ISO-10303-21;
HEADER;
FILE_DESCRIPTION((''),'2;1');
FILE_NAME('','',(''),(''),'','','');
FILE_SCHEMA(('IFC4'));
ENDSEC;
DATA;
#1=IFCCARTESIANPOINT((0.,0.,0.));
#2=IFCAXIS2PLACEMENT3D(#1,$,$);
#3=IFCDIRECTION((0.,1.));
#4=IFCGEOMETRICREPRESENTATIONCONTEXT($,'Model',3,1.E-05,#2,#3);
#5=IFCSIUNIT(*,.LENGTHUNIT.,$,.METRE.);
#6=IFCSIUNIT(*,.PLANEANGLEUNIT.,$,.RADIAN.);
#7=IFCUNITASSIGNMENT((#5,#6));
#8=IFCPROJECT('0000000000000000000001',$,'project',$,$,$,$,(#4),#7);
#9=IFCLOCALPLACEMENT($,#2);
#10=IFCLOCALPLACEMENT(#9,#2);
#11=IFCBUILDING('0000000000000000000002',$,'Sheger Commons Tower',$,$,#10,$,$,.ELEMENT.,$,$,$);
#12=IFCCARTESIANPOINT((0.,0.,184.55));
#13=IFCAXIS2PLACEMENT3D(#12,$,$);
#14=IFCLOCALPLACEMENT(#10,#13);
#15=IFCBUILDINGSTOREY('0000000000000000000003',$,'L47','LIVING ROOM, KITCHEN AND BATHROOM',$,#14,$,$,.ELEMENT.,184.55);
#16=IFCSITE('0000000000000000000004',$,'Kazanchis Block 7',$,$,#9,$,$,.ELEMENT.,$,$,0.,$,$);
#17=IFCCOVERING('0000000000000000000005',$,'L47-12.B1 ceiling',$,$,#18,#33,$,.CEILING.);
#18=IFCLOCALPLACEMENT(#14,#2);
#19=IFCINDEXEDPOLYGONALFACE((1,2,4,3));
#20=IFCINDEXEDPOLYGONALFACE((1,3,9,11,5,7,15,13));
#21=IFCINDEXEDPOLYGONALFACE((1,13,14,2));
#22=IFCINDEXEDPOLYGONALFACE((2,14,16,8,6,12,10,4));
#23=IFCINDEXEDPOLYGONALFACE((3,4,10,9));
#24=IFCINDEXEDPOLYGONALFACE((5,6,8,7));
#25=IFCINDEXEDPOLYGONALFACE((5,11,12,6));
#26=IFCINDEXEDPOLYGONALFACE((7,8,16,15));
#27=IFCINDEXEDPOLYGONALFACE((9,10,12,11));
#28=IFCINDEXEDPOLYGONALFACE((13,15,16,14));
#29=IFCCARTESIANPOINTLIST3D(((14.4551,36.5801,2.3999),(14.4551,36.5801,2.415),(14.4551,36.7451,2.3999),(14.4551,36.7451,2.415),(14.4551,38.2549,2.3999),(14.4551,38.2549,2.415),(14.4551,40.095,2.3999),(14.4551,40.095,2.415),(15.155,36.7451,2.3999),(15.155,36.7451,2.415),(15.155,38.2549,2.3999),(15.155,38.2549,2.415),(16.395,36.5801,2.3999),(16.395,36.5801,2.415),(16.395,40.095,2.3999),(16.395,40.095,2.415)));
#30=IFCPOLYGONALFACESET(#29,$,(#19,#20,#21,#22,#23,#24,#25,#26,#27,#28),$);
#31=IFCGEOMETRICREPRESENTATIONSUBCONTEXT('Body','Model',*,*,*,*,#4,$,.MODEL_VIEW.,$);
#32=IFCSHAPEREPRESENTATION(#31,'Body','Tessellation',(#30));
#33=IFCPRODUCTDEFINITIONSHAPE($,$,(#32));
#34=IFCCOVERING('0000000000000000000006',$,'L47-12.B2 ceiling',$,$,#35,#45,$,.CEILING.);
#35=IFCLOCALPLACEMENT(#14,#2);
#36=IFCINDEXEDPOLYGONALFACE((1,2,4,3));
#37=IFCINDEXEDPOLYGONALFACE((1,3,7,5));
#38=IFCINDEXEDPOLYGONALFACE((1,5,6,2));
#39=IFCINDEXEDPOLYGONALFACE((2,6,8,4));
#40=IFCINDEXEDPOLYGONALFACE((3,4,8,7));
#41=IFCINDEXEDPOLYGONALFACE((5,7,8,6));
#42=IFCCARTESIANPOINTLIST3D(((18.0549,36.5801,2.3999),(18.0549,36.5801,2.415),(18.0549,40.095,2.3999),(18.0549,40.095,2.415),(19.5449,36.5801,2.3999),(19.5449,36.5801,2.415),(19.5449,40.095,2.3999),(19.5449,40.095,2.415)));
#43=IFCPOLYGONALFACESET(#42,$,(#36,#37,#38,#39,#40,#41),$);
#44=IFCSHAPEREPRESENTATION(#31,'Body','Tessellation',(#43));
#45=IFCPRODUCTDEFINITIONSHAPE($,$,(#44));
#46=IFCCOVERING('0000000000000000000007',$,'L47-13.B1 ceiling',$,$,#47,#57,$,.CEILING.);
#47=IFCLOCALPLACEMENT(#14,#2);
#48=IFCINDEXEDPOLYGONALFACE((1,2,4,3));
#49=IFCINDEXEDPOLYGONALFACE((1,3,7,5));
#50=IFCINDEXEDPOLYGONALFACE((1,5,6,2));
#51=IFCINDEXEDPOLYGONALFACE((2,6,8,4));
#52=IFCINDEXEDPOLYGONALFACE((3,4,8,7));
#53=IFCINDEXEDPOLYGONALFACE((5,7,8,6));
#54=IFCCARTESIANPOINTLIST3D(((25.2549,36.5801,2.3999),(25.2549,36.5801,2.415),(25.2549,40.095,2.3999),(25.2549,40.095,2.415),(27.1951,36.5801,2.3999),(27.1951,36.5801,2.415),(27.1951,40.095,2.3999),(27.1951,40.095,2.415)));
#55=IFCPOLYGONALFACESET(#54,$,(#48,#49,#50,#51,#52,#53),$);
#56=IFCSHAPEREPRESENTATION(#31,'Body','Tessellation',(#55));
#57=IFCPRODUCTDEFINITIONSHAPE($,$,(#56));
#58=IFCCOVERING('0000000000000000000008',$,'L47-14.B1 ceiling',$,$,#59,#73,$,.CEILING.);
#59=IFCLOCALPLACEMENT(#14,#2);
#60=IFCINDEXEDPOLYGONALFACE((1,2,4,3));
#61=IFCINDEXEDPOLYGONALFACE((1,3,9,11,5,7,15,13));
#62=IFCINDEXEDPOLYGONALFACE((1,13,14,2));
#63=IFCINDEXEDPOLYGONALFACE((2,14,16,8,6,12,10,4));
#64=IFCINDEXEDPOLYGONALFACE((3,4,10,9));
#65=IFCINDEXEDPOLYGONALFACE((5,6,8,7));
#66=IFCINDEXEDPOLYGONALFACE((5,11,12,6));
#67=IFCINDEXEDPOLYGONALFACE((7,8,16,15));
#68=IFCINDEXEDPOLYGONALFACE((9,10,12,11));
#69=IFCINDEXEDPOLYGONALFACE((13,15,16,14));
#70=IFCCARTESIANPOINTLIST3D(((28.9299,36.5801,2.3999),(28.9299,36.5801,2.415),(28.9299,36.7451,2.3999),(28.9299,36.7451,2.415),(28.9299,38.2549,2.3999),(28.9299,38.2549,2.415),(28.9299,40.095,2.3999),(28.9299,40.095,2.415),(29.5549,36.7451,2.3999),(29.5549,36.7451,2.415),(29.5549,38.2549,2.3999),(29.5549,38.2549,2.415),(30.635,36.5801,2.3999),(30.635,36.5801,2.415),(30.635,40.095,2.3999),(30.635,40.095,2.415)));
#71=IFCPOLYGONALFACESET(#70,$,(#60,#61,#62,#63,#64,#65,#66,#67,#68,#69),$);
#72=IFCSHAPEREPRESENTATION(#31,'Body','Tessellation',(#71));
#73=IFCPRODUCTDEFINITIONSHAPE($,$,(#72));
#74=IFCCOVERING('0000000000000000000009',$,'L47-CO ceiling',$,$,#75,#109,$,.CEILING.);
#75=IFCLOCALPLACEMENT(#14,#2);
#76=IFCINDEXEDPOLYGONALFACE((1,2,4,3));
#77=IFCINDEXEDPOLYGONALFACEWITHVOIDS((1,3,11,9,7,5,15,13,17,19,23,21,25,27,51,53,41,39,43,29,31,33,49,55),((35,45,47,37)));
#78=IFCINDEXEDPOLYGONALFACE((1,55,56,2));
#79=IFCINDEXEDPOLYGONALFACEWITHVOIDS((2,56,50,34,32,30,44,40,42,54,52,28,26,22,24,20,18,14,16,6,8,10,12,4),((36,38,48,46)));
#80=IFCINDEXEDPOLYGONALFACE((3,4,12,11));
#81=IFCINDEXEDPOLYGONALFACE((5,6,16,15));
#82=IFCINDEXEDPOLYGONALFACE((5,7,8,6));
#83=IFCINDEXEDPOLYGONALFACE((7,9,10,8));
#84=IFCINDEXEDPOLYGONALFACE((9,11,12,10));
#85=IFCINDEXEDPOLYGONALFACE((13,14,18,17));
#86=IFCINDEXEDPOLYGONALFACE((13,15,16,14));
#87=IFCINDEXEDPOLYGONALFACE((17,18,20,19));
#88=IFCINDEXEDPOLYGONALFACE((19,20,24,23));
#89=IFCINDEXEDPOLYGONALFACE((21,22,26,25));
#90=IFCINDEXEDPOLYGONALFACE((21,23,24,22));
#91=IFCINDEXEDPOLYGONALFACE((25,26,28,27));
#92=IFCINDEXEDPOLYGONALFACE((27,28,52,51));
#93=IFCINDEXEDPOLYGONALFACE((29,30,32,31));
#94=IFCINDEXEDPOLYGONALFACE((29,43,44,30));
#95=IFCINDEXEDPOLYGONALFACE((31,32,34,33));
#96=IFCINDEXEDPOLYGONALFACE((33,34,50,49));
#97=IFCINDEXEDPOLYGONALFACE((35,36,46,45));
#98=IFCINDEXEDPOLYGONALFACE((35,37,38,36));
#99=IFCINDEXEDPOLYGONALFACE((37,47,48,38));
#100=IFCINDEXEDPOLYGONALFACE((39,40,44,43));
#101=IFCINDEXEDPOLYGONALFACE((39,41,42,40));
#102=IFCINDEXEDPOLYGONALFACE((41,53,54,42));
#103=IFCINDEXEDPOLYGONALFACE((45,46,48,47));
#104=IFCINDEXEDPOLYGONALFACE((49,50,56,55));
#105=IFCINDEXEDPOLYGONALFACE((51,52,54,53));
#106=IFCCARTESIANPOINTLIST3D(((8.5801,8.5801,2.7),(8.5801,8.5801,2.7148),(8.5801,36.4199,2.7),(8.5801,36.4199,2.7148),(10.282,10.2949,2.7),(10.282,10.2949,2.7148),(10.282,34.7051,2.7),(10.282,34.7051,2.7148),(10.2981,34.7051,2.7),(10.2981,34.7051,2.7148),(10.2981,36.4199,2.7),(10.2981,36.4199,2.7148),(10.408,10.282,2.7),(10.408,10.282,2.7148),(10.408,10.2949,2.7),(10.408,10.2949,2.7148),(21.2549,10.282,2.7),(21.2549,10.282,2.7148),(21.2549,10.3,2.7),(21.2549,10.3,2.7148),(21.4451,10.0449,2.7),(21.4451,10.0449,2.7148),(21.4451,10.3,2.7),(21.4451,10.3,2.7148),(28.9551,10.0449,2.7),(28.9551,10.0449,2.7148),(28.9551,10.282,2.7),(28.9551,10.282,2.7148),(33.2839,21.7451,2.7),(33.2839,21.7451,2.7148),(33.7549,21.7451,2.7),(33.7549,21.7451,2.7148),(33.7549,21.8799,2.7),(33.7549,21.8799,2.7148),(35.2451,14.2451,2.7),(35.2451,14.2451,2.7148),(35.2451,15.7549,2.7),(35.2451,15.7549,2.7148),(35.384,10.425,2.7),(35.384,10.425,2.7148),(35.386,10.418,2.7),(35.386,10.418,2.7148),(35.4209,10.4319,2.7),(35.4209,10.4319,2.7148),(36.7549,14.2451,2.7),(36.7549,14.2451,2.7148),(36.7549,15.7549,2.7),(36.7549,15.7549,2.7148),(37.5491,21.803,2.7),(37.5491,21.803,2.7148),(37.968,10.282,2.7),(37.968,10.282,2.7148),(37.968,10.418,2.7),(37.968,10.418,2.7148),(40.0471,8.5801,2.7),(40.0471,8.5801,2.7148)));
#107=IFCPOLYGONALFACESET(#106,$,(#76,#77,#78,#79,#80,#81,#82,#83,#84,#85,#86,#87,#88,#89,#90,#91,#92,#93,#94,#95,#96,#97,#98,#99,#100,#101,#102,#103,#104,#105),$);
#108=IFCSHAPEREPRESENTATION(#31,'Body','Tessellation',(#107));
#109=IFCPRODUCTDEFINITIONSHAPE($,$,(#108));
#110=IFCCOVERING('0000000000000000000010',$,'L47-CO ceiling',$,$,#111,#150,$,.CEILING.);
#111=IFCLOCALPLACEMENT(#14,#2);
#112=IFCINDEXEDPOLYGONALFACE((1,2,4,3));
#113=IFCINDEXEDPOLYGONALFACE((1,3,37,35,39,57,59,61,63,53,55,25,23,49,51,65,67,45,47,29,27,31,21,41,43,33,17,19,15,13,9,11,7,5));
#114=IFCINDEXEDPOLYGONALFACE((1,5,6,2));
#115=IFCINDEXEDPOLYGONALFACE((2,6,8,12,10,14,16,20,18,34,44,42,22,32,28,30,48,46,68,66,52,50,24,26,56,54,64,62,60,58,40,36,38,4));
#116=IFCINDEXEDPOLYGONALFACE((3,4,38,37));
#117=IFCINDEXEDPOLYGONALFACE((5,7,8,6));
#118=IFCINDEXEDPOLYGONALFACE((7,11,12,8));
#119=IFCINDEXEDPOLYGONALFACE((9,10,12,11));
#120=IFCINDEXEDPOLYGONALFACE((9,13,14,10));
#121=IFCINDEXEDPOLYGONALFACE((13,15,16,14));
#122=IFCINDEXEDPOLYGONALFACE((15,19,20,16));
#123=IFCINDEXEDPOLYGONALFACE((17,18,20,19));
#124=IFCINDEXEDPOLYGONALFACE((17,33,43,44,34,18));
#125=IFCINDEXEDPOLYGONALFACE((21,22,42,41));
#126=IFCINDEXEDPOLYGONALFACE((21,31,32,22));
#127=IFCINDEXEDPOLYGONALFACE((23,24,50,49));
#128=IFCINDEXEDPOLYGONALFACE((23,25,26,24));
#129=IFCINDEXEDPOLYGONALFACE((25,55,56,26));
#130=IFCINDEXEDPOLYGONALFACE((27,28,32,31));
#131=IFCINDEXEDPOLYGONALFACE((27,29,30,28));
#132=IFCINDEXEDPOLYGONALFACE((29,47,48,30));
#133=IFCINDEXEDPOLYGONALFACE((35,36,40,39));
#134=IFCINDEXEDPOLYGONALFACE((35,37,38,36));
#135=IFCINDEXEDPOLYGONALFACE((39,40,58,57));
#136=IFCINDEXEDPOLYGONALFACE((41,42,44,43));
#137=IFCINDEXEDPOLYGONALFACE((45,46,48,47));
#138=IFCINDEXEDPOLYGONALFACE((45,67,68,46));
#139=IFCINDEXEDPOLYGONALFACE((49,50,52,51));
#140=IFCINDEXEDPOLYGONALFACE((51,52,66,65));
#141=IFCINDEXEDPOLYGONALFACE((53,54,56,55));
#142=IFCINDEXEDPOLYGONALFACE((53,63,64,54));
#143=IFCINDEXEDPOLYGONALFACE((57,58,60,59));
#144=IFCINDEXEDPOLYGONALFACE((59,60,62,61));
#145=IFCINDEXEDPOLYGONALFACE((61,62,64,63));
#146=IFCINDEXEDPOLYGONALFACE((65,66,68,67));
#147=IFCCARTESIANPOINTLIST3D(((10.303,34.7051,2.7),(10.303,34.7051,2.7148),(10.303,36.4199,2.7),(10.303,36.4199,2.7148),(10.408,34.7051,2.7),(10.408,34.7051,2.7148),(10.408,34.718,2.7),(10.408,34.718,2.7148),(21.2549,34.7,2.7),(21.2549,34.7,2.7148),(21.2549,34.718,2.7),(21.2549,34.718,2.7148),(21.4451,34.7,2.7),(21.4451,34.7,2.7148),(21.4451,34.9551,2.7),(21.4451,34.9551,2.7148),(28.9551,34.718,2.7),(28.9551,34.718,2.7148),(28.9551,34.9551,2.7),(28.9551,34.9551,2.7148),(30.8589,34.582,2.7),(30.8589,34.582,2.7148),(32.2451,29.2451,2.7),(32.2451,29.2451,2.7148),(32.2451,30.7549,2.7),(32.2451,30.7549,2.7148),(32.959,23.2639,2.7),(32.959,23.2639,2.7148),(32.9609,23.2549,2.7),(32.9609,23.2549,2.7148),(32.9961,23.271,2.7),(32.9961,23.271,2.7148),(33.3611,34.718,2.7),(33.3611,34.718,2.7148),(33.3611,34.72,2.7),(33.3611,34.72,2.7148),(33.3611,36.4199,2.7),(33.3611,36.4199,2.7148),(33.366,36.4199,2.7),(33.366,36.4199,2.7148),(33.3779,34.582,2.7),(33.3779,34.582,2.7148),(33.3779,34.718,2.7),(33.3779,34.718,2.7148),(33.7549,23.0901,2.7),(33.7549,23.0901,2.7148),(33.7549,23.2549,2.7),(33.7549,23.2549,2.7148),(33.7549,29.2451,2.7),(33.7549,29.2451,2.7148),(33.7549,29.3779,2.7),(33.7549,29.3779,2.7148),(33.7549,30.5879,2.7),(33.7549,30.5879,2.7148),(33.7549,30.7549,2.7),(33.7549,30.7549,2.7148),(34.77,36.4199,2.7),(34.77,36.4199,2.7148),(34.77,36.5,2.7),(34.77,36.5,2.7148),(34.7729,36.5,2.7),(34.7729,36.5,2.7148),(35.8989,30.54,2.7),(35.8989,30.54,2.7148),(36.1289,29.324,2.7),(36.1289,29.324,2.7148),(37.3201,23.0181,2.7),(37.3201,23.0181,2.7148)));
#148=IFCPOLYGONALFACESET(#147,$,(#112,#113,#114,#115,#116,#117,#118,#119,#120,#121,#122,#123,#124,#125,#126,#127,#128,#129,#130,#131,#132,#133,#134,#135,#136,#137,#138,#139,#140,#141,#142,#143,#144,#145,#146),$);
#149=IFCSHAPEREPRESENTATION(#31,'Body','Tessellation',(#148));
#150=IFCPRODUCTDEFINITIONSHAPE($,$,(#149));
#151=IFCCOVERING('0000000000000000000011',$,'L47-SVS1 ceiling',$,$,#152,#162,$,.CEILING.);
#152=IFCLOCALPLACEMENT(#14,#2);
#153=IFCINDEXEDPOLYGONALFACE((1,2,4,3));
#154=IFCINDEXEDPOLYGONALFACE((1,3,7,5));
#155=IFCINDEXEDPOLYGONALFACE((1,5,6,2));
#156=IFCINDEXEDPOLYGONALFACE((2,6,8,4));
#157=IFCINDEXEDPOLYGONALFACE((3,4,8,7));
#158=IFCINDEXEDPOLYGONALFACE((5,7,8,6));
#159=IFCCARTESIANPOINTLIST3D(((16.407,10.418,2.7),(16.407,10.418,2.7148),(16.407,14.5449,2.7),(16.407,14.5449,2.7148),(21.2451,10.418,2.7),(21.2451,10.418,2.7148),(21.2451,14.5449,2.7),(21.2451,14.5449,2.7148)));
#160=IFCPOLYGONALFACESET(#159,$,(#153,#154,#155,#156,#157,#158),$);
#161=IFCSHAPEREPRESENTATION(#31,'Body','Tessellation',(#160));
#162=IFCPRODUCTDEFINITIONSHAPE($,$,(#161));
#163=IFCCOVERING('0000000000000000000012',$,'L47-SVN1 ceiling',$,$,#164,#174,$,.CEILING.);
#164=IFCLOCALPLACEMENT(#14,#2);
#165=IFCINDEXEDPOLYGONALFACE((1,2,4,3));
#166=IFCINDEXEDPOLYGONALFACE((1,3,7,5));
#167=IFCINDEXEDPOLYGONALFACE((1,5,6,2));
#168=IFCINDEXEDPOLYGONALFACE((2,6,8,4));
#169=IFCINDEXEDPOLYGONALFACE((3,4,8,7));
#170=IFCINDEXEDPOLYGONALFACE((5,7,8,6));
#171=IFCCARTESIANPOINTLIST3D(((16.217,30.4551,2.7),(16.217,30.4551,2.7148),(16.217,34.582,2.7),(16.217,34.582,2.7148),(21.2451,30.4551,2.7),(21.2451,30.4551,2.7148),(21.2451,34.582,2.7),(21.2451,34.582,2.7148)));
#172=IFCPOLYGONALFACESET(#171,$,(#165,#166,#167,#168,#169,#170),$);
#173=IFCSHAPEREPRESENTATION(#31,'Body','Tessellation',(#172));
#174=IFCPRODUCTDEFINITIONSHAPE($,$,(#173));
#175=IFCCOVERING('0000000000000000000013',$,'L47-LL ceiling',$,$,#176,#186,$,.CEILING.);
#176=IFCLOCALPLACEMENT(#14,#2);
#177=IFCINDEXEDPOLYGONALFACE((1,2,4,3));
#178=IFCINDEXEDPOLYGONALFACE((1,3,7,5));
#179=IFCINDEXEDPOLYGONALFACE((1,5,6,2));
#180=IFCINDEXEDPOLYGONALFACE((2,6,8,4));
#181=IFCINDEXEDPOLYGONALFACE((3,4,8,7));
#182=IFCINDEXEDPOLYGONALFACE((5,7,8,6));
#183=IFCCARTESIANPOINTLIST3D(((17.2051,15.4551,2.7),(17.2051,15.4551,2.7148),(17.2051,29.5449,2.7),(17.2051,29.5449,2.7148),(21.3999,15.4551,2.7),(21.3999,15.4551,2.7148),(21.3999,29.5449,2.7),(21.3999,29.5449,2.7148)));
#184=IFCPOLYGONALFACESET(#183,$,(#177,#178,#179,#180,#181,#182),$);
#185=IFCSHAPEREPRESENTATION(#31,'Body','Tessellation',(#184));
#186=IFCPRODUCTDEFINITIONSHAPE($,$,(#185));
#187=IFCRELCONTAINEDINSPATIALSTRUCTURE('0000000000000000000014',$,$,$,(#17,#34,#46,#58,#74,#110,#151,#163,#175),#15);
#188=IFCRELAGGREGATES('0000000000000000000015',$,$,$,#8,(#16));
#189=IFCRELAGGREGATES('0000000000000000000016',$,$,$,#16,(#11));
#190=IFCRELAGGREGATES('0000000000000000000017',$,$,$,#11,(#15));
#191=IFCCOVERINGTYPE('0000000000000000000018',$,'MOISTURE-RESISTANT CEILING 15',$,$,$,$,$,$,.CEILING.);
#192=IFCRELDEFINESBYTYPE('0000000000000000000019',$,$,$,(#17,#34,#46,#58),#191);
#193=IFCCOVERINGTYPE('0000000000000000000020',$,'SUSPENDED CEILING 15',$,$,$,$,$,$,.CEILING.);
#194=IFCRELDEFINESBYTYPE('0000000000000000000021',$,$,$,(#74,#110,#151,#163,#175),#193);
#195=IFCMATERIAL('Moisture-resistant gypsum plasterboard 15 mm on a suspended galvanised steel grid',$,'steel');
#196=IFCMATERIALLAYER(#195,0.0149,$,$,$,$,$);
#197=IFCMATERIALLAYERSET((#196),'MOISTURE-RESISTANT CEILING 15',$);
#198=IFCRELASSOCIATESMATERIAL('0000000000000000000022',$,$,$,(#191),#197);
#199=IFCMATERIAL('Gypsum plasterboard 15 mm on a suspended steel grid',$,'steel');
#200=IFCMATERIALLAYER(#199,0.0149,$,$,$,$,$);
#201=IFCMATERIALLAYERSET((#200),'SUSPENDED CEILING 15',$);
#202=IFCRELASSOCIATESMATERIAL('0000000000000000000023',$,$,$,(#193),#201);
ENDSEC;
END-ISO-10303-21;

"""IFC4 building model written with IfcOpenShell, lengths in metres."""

from ifc_helpers import new_model, si_unit, direction, frame, origin, place, context, subcontext, project, spatial, polyline, outline, extrude, material, layer, layer_set, type_object, element, save


model = new_model("IFC4")

# Units and contexts
model_context = context("Model", 3, precision=1e-05, world=origin(), true_north=direction((0.0, 1.0)))
body_context = subcontext(model_context, "Body", "Model", "MODEL_VIEW")
ifc_project = project(units=[si_unit("LENGTHUNIT", "METRE"), si_unit("PLANEANGLEUNIT", "RADIAN")], contexts=[model_context])

# Site, building, storey
site_placement = place(None, origin())
site = spatial("IfcSite", under=ifc_project, at=site_placement, Name="Kazanchis Block 7", CompositionType="ELEMENT", RefElevation=0.0)
building_placement = place(site_placement, origin())
building = spatial("IfcBuilding", under=site, at=building_placement, Name="Sheger Commons Tower", CompositionType="ELEMENT")
storey_placement = place(building_placement, frame((0.0, 0.0, 184.55)))
storey = spatial("IfcBuildingStorey", under=building, at=storey_placement, Name="L47", Description="LIVING ROOM, KITCHEN AND BATHROOM", CompositionType="ELEMENT", Elevation=184.55)

# Coverings
ifc_material_1 = material(Name="Moisture-resistant gypsum plasterboard 15 mm on a suspended galvanised steel grid", Category="steel")
ifc_layer_1 = layer(ifc_material_1, 0.0149)
ifc_layer_set_1 = layer_set([ifc_layer_1], Name="MOISTURE-RESISTANT CEILING 15")
covering_type_1 = type_object("IfcCoveringType", Name="MOISTURE-RESISTANT CEILING 15", PredefinedType="CEILING", material=ifc_layer_set_1)
covering_1_placement = place(storey_placement, frame((0.0, 0.0, 2.3999)))
element("IfcCovering", 1, at=covering_1_placement, inside=storey, type_object=covering_type_1, Name="L47-12.B1 ceiling", PredefinedType="CEILING", context=body_context, shape_type="SweptSolid", body=[
    extrude(outline(polyline([(14.4551, 36.5801), (16.395, 36.5801), (16.395, 40.095), (14.4551, 40.095), (14.4551, 38.2549), (15.155, 38.2549), (15.155, 36.7451), (14.4551, 36.7451), (14.4551, 36.5801)])), origin(), (0.0, 0.0, 1.0), 0.0151),
])
covering_2_placement = place(storey_placement, frame((0.0, 0.0, 2.3999)))
element("IfcCovering", 2, at=covering_2_placement, inside=storey, type_object=covering_type_1, Name="L47-12.B2 ceiling", PredefinedType="CEILING", context=body_context, shape_type="SweptSolid", body=[
    extrude(outline(polyline([(18.0549, 36.5801), (19.5449, 36.5801), (19.5449, 40.095), (18.0549, 40.095), (18.0549, 36.5801)])), origin(), (0.0, 0.0, 1.0), 0.0151),
])
covering_3_placement = place(storey_placement, frame((0.0, 0.0, 2.3999)))
element("IfcCovering", 3, at=covering_3_placement, inside=storey, type_object=covering_type_1, Name="L47-13.B1 ceiling", PredefinedType="CEILING", context=body_context, shape_type="SweptSolid", body=[
    extrude(outline(polyline([(25.2549, 36.5801), (27.1951, 36.5801), (27.1951, 40.095), (25.2549, 40.095), (25.2549, 36.5801)])), origin(), (0.0, 0.0, 1.0), 0.0151),
])
covering_4_placement = place(storey_placement, frame((0.0, 0.0, 2.3999)))
element("IfcCovering", 4, at=covering_4_placement, inside=storey, type_object=covering_type_1, Name="L47-14.B1 ceiling", PredefinedType="CEILING", context=body_context, shape_type="SweptSolid", body=[
    extrude(outline(polyline([(28.9299, 36.5801), (30.635, 36.5801), (30.635, 40.095), (28.9299, 40.095), (28.9299, 38.2549), (29.5549, 38.2549), (29.5549, 36.7451), (28.9299, 36.7451), (28.9299, 36.5801)])), origin(), (0.0, 0.0, 1.0), 0.0151),
])
ifc_material_2 = material(Name="Gypsum plasterboard 15 mm on a suspended steel grid", Category="steel")
ifc_layer_2 = layer(ifc_material_2, 0.0149)
ifc_layer_set_2 = layer_set([ifc_layer_2], Name="SUSPENDED CEILING 15")
covering_type_2 = type_object("IfcCoveringType", Name="SUSPENDED CEILING 15", PredefinedType="CEILING", material=ifc_layer_set_2)
covering_5_placement = place(storey_placement, frame((0.0, 0.0, 2.7)))
element("IfcCovering", 5, at=covering_5_placement, inside=storey, type_object=covering_type_2, Name="L47-CO ceiling", PredefinedType="CEILING", context=body_context, shape_type="SweptSolid", body=[
    extrude(outline(polyline([(8.5801, 8.5801), (40.0471, 8.5801), (37.5491, 21.803), (33.7549, 21.8799), (33.7549, 21.7451), (33.2839, 21.7451), (35.4209, 10.4319), (35.384, 10.425), (35.386, 10.418), (37.968, 10.418), (37.968, 10.282), (28.9551, 10.282), (28.9551, 10.0449), (21.4451, 10.0449), (21.4451, 10.3), (21.2549, 10.3), (21.2549, 10.282), (10.408, 10.282), (10.408, 10.2949), (10.282, 10.2949), (10.282, 34.7051), (10.2981, 34.7051), (10.2981, 36.4199), (8.5801, 36.4199), (8.5801, 8.5801)]), holes=[polyline([(35.2451, 15.7549), (36.7549, 15.7549), (36.7549, 14.2451), (35.2451, 14.2451), (35.2451, 15.7549)])]), origin(), (0.0, 0.0, 1.0), 0.0149),
])
covering_6_placement = place(storey_placement, frame((0.0, 0.0, 2.7)))
element("IfcCovering", 6, at=covering_6_placement, inside=storey, type_object=covering_type_2, Name="L47-CO ceiling", PredefinedType="CEILING", context=body_context, shape_type="SweptSolid", body=[
    extrude(outline(polyline([(37.3201, 23.0181), (36.1289, 29.324), (33.7549, 29.3779), (33.7549, 29.2451), (32.2451, 29.2451), (32.2451, 30.7549), (33.7549, 30.7549), (33.7549, 30.5879), (35.8989, 30.54), (34.7729, 36.5), (34.77, 36.5), (34.77, 36.4199), (33.366, 36.4199), (33.3611, 34.72), (33.3611, 36.4199), (10.303, 36.4199), (10.303, 34.7051), (10.408, 34.7051), (10.408, 34.718), (21.2549, 34.718), (21.2549, 34.7), (21.4451, 34.7), (21.4451, 34.9551), (28.9551, 34.9551), (28.9551, 34.718), (33.3611, 34.718), (33.3779, 34.718), (33.3779, 34.582), (30.8589, 34.582), (32.9961, 23.271), (32.959, 23.2639), (32.9609, 23.2549), (33.7549, 23.2549), (33.7549, 23.0901), (37.3201, 23.0181)])), origin(), (0.0, 0.0, 1.0), 0.0149),
])
covering_7_placement = place(storey_placement, frame((0.0, 0.0, 2.7)))
element("IfcCovering", 7, at=covering_7_placement, inside=storey, type_object=covering_type_2, Name="L47-SVS1 ceiling", PredefinedType="CEILING", context=body_context, shape_type="SweptSolid", body=[
    extrude(outline(polyline([(16.407, 10.418), (21.2451, 10.418), (21.2451, 14.5449), (16.407, 14.5449), (16.407, 10.418)])), origin(), (0.0, 0.0, 1.0), 0.0149),
])
covering_8_placement = place(storey_placement, frame((0.0, 0.0, 2.7)))
element("IfcCovering", 8, at=covering_8_placement, inside=storey, type_object=covering_type_2, Name="L47-SVN1 ceiling", PredefinedType="CEILING", context=body_context, shape_type="SweptSolid", body=[
    extrude(outline(polyline([(16.217, 30.4551), (21.2451, 30.4551), (21.2451, 34.582), (16.217, 34.582), (16.217, 30.4551)])), origin(), (0.0, 0.0, 1.0), 0.0149),
])
covering_9_placement = place(storey_placement, frame((0.0, 0.0, 2.7)))
element("IfcCovering", 9, at=covering_9_placement, inside=storey, type_object=covering_type_2, Name="L47-LL ceiling", PredefinedType="CEILING", context=body_context, shape_type="SweptSolid", body=[
    extrude(outline(polyline([(17.2051, 15.4551), (21.3999, 15.4551), (21.3999, 29.5449), (17.2051, 29.5449), (17.2051, 15.4551)])), origin(), (0.0, 0.0, 1.0), 0.0149),
])

save(model, "model.ifc")
